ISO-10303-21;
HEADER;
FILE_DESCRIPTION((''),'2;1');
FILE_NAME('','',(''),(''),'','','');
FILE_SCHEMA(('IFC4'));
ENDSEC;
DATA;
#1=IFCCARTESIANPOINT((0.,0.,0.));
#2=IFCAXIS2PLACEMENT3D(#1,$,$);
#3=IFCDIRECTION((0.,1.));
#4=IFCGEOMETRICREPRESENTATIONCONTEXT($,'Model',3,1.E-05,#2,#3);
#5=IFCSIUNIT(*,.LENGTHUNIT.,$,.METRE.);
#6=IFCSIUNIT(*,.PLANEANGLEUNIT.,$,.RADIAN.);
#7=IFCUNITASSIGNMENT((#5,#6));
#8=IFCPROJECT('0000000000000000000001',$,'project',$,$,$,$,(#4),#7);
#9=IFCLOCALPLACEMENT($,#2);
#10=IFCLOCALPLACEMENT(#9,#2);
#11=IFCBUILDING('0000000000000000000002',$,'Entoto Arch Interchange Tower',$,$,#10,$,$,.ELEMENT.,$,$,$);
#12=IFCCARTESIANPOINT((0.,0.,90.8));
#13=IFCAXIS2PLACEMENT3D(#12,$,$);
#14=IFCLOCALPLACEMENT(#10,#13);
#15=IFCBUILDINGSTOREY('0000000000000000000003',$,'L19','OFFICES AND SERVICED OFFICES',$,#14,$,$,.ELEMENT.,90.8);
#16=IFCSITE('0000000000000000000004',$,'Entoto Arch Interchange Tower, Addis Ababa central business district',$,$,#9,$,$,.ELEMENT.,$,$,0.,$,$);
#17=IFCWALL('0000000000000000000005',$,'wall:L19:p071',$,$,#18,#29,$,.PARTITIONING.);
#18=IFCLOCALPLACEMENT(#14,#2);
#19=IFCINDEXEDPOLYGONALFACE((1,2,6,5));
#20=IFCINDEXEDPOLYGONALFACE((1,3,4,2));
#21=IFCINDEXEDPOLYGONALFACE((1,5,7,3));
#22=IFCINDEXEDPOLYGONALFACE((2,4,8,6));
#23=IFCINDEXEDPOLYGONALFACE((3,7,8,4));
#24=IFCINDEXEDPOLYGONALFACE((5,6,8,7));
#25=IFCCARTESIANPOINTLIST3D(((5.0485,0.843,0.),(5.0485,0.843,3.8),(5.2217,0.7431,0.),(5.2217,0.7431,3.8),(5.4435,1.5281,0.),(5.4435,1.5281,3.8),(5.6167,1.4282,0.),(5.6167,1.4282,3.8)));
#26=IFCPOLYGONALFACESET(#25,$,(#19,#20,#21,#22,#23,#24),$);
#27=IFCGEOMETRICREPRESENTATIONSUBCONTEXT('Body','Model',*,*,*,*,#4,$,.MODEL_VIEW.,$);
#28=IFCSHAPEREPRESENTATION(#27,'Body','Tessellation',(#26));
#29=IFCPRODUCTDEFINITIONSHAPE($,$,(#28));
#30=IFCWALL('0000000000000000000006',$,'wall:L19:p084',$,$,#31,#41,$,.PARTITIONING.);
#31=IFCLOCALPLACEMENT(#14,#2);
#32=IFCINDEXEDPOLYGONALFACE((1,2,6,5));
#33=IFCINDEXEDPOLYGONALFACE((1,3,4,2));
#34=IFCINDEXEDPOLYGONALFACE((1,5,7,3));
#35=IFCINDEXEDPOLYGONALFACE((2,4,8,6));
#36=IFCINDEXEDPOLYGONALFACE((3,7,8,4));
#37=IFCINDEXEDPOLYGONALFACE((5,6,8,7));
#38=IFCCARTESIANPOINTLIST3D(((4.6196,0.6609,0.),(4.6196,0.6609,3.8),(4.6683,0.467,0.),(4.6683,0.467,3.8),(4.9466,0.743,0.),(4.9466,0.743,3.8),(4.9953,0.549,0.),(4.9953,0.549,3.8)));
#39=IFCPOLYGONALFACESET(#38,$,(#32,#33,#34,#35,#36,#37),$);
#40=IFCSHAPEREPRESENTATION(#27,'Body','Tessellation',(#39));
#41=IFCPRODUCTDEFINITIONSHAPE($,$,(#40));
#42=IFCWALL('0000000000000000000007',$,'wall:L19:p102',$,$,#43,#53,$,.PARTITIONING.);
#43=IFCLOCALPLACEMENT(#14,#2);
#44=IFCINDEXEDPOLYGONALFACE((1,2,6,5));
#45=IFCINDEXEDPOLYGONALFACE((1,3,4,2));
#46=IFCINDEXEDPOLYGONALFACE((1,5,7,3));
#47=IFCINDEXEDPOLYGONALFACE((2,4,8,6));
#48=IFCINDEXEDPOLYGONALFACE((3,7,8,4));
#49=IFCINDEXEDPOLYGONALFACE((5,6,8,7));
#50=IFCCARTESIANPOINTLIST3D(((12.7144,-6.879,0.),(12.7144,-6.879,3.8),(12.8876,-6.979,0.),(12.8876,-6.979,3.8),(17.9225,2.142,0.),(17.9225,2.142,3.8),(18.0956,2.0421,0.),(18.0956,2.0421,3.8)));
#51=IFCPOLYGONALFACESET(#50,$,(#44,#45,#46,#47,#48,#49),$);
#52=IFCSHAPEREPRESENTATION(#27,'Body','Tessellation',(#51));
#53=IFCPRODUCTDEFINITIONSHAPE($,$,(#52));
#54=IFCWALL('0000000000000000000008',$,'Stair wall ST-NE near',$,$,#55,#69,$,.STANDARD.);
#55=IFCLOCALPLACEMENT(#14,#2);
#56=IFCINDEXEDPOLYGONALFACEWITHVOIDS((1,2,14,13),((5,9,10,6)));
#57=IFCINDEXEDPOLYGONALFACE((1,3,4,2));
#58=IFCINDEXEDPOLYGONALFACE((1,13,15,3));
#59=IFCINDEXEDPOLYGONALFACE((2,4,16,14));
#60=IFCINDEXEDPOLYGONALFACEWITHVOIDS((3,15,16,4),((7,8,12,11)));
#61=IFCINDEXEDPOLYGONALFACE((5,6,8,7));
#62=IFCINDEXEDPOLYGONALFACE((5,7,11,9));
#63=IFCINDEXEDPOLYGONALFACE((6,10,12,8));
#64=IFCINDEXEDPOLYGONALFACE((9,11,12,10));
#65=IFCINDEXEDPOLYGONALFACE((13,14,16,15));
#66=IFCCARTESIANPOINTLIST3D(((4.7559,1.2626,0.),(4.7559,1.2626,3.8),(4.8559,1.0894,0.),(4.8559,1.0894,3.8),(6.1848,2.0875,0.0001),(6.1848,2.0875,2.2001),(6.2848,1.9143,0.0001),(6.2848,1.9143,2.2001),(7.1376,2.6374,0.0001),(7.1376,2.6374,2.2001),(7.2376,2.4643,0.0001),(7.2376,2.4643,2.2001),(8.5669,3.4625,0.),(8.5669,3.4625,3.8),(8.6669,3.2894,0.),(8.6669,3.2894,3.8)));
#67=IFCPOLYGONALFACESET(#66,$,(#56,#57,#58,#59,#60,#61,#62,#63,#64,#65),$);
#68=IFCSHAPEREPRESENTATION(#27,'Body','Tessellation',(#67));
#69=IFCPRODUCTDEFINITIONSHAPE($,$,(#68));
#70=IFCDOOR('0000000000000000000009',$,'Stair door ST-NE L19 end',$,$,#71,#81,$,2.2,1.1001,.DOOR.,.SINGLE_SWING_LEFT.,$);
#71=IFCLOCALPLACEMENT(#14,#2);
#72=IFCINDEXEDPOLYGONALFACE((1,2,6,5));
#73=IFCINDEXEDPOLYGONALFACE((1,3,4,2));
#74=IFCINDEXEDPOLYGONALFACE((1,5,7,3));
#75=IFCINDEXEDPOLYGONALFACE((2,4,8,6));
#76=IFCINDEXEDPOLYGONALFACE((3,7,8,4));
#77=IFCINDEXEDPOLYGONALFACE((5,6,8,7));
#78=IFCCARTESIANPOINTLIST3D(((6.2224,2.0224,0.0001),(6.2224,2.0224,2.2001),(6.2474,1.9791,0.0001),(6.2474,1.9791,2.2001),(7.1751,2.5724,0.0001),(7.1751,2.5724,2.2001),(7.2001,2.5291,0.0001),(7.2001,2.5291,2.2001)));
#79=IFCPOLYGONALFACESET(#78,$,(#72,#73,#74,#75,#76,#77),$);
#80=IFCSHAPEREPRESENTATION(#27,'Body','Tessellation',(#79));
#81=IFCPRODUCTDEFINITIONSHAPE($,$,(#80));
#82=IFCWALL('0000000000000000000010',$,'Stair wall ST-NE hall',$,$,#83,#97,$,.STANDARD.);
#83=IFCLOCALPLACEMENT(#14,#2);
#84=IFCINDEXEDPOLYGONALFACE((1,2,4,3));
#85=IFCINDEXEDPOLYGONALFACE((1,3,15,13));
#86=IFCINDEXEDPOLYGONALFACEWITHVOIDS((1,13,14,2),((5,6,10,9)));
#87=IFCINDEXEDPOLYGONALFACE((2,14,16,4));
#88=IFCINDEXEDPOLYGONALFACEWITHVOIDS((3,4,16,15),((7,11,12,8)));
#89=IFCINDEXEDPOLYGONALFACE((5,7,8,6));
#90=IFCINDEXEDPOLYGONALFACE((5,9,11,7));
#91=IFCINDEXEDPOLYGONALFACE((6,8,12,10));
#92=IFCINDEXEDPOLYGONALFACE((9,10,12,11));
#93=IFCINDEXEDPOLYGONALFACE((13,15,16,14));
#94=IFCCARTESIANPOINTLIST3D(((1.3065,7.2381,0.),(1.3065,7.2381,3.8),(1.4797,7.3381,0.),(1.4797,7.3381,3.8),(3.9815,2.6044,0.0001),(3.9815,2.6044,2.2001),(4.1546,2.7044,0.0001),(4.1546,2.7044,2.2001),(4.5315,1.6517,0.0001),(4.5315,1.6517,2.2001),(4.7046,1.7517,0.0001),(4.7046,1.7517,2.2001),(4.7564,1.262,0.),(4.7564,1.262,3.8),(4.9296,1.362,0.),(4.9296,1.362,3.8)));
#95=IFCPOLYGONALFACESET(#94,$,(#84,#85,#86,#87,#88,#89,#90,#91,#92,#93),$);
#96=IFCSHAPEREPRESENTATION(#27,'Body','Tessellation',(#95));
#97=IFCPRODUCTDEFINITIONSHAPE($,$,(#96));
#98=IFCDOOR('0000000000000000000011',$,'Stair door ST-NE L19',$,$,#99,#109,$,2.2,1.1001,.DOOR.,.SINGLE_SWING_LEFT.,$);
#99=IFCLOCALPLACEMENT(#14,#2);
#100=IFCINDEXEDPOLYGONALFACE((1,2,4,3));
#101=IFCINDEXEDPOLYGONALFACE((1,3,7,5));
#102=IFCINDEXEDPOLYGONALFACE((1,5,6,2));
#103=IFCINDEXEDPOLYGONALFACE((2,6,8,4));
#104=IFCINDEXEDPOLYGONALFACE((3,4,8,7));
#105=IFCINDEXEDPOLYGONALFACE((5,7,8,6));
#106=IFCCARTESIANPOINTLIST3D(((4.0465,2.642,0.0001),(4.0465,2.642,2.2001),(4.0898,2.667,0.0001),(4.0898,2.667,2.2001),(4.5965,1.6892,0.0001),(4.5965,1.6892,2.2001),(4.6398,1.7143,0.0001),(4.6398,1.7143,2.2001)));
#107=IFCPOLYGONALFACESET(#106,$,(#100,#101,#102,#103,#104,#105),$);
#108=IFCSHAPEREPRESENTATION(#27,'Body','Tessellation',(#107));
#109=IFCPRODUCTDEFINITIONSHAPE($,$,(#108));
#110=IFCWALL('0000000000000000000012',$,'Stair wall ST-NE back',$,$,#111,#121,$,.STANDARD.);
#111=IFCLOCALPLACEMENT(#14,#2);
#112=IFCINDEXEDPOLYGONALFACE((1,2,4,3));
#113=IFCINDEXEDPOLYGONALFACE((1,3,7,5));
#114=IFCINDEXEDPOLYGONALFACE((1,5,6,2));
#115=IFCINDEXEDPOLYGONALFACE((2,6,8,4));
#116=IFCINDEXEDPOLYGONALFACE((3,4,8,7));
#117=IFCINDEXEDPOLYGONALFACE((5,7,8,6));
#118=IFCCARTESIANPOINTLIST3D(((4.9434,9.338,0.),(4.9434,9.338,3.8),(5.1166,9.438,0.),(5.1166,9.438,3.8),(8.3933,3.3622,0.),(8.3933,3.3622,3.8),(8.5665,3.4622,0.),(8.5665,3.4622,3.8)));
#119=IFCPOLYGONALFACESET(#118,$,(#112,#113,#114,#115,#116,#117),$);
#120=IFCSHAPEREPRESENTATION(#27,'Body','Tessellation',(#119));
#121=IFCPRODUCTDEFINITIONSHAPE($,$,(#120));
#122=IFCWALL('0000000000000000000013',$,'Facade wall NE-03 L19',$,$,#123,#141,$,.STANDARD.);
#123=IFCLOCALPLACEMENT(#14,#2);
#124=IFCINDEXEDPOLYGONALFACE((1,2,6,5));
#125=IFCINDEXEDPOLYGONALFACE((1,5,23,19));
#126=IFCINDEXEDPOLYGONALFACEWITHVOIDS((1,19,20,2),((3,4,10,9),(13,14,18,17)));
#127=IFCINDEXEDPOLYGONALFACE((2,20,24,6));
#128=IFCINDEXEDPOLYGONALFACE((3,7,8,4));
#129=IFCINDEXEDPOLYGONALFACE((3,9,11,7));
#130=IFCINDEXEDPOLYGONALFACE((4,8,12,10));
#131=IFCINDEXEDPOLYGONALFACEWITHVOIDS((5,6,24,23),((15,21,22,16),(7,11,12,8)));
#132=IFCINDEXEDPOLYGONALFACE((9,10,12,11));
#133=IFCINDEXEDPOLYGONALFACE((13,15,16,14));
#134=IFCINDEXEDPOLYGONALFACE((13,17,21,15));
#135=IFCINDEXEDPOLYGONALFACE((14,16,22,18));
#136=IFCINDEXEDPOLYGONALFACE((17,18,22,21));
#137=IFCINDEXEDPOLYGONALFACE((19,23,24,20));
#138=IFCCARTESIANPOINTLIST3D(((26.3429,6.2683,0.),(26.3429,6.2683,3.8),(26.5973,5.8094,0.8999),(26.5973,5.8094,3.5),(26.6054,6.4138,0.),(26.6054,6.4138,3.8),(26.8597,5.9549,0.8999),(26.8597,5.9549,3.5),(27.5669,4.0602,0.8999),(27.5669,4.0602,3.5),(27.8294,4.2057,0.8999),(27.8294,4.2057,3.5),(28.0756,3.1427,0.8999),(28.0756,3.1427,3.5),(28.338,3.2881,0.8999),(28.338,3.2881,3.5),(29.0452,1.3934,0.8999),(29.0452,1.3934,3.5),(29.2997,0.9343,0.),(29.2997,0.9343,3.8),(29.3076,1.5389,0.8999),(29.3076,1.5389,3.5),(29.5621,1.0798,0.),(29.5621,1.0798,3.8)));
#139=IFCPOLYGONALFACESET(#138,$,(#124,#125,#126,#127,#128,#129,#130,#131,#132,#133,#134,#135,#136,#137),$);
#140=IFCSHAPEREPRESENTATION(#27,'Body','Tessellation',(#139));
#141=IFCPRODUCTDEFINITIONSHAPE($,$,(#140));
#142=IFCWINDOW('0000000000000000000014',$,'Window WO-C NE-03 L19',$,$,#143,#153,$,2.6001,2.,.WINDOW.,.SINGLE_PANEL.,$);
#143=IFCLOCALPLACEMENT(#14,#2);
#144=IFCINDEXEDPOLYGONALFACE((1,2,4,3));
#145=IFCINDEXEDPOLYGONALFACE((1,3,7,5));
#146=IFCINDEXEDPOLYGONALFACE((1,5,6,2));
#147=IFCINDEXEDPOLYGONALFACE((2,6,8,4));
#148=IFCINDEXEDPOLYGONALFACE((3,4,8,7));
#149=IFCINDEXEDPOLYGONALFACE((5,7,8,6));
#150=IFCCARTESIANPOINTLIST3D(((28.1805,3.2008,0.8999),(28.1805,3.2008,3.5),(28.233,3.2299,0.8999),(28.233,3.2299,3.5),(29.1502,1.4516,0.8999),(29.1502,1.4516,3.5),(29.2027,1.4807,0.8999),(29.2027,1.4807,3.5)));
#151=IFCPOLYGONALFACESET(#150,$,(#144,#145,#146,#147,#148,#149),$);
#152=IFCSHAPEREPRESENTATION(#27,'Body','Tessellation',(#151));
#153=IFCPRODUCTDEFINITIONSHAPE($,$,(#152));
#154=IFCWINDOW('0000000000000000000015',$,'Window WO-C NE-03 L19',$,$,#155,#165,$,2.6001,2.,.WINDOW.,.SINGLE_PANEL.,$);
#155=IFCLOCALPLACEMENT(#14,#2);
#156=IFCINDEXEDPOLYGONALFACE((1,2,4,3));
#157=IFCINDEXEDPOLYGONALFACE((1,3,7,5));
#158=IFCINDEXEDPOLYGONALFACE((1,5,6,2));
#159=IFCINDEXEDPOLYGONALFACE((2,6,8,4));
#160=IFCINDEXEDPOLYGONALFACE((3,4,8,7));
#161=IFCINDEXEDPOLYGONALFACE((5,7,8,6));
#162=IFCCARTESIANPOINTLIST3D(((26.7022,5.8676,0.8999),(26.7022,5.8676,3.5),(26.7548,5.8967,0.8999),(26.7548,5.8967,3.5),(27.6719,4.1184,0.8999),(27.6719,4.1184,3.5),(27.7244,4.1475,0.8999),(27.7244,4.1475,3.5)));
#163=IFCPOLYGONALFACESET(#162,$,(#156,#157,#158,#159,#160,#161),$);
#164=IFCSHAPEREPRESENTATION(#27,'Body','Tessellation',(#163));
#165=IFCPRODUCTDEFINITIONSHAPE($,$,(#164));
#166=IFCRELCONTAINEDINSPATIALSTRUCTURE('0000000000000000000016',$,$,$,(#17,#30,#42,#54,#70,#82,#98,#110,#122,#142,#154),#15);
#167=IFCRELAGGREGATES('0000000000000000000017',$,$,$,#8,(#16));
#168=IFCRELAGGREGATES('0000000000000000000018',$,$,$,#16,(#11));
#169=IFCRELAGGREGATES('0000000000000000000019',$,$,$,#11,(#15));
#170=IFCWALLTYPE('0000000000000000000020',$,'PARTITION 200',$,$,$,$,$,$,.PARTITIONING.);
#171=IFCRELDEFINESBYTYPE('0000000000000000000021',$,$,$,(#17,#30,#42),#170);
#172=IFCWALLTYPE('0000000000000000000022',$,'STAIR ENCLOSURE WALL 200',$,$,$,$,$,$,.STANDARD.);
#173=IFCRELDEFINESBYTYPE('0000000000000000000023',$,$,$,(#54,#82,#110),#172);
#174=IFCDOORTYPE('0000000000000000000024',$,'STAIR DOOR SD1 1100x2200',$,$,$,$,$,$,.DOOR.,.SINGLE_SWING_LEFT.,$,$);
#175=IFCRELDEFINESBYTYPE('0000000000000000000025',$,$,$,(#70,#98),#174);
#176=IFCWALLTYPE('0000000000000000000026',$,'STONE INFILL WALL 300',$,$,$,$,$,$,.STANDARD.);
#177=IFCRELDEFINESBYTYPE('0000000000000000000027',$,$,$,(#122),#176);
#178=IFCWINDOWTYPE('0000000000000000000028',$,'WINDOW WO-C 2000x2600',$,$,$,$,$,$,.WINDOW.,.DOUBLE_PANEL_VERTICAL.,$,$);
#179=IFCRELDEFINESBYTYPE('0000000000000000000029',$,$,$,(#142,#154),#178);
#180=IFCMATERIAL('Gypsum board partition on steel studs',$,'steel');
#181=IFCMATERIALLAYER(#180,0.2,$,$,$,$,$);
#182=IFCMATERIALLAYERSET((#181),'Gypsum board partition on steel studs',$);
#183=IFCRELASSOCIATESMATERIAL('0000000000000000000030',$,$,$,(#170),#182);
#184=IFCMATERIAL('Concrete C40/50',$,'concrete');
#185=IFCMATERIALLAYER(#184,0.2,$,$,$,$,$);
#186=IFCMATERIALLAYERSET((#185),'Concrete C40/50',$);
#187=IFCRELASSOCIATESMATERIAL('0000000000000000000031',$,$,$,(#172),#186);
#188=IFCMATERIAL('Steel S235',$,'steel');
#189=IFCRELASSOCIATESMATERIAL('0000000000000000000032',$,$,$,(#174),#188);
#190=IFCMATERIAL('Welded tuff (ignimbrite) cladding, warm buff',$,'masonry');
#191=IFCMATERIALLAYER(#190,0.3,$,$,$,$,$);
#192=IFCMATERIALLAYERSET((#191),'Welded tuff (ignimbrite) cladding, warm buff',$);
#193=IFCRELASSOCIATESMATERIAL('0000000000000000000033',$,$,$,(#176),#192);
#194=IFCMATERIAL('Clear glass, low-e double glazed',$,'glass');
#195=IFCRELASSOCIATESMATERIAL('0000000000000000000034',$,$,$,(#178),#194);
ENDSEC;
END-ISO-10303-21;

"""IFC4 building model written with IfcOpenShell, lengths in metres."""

from ifc_helpers import new_model, si_unit, direction, frame, frame_2d, origin, place, context, subcontext, project, spatial, rectangle, extrude, material, layer, layer_set, type_object, element, fill, save


model = new_model("IFC4")

# Units and contexts
model_context = context("Model", 3, precision=1e-05, world=origin(), true_north=direction((0.0, 1.0)))
body_context = subcontext(model_context, "Body", "Model", "MODEL_VIEW")
ifc_project = project(units=[si_unit("LENGTHUNIT", "METRE"), si_unit("PLANEANGLEUNIT", "RADIAN")], contexts=[model_context])

# Site, building, storey
site_placement = place(None, origin())
site = spatial("IfcSite", under=ifc_project, at=site_placement, Name="Entoto Arch Interchange Tower, Addis Ababa central business district", CompositionType="ELEMENT", RefElevation=0.0)
building_placement = place(site_placement, origin())
building = spatial("IfcBuilding", under=site, at=building_placement, Name="Entoto Arch Interchange Tower", CompositionType="ELEMENT")
storey_placement = place(building_placement, frame((0.0, 0.0, 90.8)))
storey = spatial("IfcBuildingStorey", under=building, at=storey_placement, Name="L19", Description="OFFICES AND SERVICED OFFICES", CompositionType="ELEMENT", Elevation=90.8)

# Shared definitions
ifc_material_1 = material(Name="Concrete C40/50", Category="concrete")
ifc_material_2 = material(Name="Gypsum board partition on steel studs", Category="steel")

# Shared definitions
ifc_layer_1 = layer(ifc_material_2, 0.2)
ifc_layer_set_1 = layer_set([ifc_layer_1], Name="Gypsum board partition on steel studs")
wall_type_1 = type_object("IfcWallType", Name="PARTITION 200", PredefinedType="PARTITIONING", material=ifc_layer_set_1)

# Walls
wall_1_placement = place(storey_placement, frame((5.135, 0.793, 0.0), z_axis=(0.0, 0.0, 1.0), x_axis=(0.499526, 0.866299, 0.0)))
element("IfcWall", 1, at=wall_1_placement, inside=storey, type_object=wall_type_1, Name="wall:L19:p071", PredefinedType="PARTITIONING", context=body_context, shape_type="SweptSolid", body=[
    extrude(rectangle(XDim=0.7908, YDim=0.2, at=frame_2d((0.3955, 0.0))), origin(), (0.0, 0.0, 1.0), 3.8),
])
wall_2_placement = place(storey_placement, frame((4.644, 0.564, 0.0), z_axis=(0.0, 0.0, 1.0), x_axis=(0.969929, 0.243388, 0.0)))
element("IfcWall", 2, at=wall_2_placement, inside=storey, type_object=wall_type_1, Name="wall:L19:p084", PredefinedType="PARTITIONING", context=body_context, shape_type="SweptSolid", body=[
    extrude(rectangle(XDim=0.3372, YDim=0.2, at=frame_2d((0.1685, 0.0))), origin(), (0.0, 0.0, 1.0), 3.8),
])
wall_3_placement = place(storey_placement, frame((18.009, 2.092, 0.0), z_axis=(0.0, 0.0, 1.0), x_axis=(-0.499981, -0.866036, 0.0)))
element("IfcWall", 3, at=wall_3_placement, inside=storey, type_object=wall_type_1, Name="wall:L19:p102", PredefinedType="PARTITIONING", context=body_context, shape_type="SweptSolid", body=[
    extrude(rectangle(XDim=10.4165, YDim=0.2, at=frame_2d((5.2083, 0.0))), origin(), (0.0, 0.0, 1.0), 3.8),
])

# Walls, openings, doors
ifc_layer_2 = layer(ifc_material_1, 0.2)
ifc_layer_set_2 = layer_set([ifc_layer_2], Name="Concrete C40/50")
wall_type_2 = type_object("IfcWallType", Name="STAIR ENCLOSURE WALL 200", PredefinedType="STANDARD", material=ifc_layer_set_2)
wall_4_placement = place(storey_placement, frame((4.8059, 1.176, 0.0), z_axis=(0.0, 0.0, 1.0), x_axis=(0.86606, 0.49994, 0.0)))
wall_4 = element("IfcWall", 4, at=wall_4_placement, inside=storey, type_object=wall_type_2, Name="Stair wall ST-NE near", PredefinedType="STANDARD", context=body_context, shape_type="SweptSolid", body=[
    extrude(rectangle(XDim=4.4004, YDim=0.2, at=frame_2d((2.2002, 0.0))), origin(), (0.0, 0.0, 1.0), 3.8),
])
opening_1_placement = place(wall_4_placement, frame((1.6499, 0.0, 0.0)))
opening_1 = element("IfcOpeningElement", 5, at=opening_1_placement, cuts=wall_4, PredefinedType="OPENING", context=body_context, shape_type="SweptSolid", body=[
    extrude(rectangle(XDim=1.1001, YDim=2.2, at=frame_2d((0.55, 1.1001))), frame((0.0, 0.1099, 0.0), z_axis=(0.0, -1.0, 0.0), x_axis=(1.0, 0.0, 0.0)), (0.0, 0.0, 1.0), 0.22),
])
ifc_material_3 = material(Name="Steel S235", Category="steel")
door_type_1 = type_object("IfcDoorType", Name="STAIR DOOR SD1 1100x2200", OperationType="SINGLE_SWING_LEFT", PredefinedType="DOOR", material=ifc_material_3)
door_1_placement = place(opening_1_placement, origin())
door_1 = element("IfcDoor", 6, at=door_1_placement, inside=storey, type_object=door_type_1, Name="Stair door ST-NE L19 end", OperationType="SINGLE_SWING_LEFT", OverallHeight=2.2, OverallWidth=1.1001, PredefinedType="DOOR", context=body_context, shape_type="SweptSolid", body=[
    extrude(rectangle(XDim=1.1001, YDim=2.2, at=frame_2d((0.55, 1.1001))), frame((0.0, 0.0249, 0.0), z_axis=(0.0, -1.0, 0.0), x_axis=(1.0, 0.0, 0.0)), (0.0, 0.0, 1.0), 0.05),
])
fill(opening_1, door_1)
wall_5_placement = place(storey_placement, frame((4.843, 1.312, 0.0), z_axis=(0.0, 0.0, 1.0), x_axis=(-0.499963, 0.866047, 0.0)))
wall_5 = element("IfcWall", 7, at=wall_5_placement, inside=storey, type_object=wall_type_2, Name="Stair wall ST-NE hall", PredefinedType="STANDARD", context=body_context, shape_type="SweptSolid", body=[
    extrude(rectangle(XDim=6.9004, YDim=0.2, at=frame_2d((3.4502, 0.0))), origin(), (0.0, 0.0, 1.0), 3.8),
])
opening_2_placement = place(wall_5_placement, frame((0.45, 0.0, 0.0)))
opening_2 = element("IfcOpeningElement", 8, at=opening_2_placement, cuts=wall_5, PredefinedType="OPENING", context=body_context, shape_type="SweptSolid", body=[
    extrude(rectangle(XDim=1.1001, YDim=2.2, at=frame_2d((0.55, 1.1001))), frame((0.0, 0.1099, 0.0), z_axis=(0.0, -1.0, 0.0), x_axis=(1.0, 0.0, 0.0)), (0.0, 0.0, 1.0), 0.22),
])
door_2_placement = place(opening_2_placement, origin())
door_2 = element("IfcDoor", 9, at=door_2_placement, inside=storey, type_object=door_type_1, Name="Stair door ST-NE L19", OperationType="SINGLE_SWING_LEFT", OverallHeight=2.2, OverallWidth=1.1001, PredefinedType="DOOR", context=body_context, shape_type="SweptSolid", body=[
    extrude(rectangle(XDim=1.1001, YDim=2.2, at=frame_2d((0.55, 1.1001))), frame((0.0, 0.0249, 0.0), z_axis=(0.0, -1.0, 0.0), x_axis=(1.0, 0.0, 0.0)), (0.0, 0.0, 1.0), 0.05),
])
fill(opening_2, door_2)

# Wall
wall_6_placement = place(storey_placement, frame((8.48, 3.4121, 0.0), z_axis=(0.0, 0.0, 1.0), x_axis=(-0.499979, 0.866038, 0.0)))
element("IfcWall", 10, at=wall_6_placement, inside=storey, type_object=wall_type_2, Name="Stair wall ST-NE back", PredefinedType="STANDARD", context=body_context, shape_type="SweptSolid", body=[
    extrude(rectangle(XDim=6.9001, YDim=0.2, at=frame_2d((3.4502, 0.0))), origin(), (0.0, 0.0, 1.0), 3.8),
])

# Wall, openings, windows
ifc_material_4 = material(Name="Welded tuff (ignimbrite) cladding, warm buff", Category="masonry")
ifc_layer_3 = layer(ifc_material_4, 0.3)
ifc_layer_set_3 = layer_set([ifc_layer_3], Name="Welded tuff (ignimbrite) cladding, warm buff")
wall_type_3 = type_object("IfcWallType", Name="STONE INFILL WALL 300", PredefinedType="STANDARD", material=ifc_layer_set_3)
wall_7_placement = place(storey_placement, frame((29.4309, 1.0071, 0.0), z_axis=(0.0, 0.0, 1.0), x_axis=(-0.484824, 0.874612, 0.0)))
wall_7 = element("IfcWall", 11, at=wall_7_placement, inside=storey, type_object=wall_type_3, Name="Facade wall NE-03 L19", PredefinedType="STANDARD", context=body_context, shape_type="SweptSolid", body=[
    extrude(rectangle(XDim=6.0986, YDim=0.3, at=frame_2d((3.0493, 0.0))), origin(), (0.0, 0.0, 1.0), 3.8),
])
opening_3_placement = place(wall_7_placement, frame((0.5249, 0.0, 0.8999)))
opening_3 = element("IfcOpeningElement", 12, at=opening_3_placement, cuts=wall_7, PredefinedType="OPENING", context=body_context, shape_type="SweptSolid", body=[
    extrude(rectangle(XDim=2.0, YDim=2.6001, at=frame_2d((1.0, 1.3))), frame((0.0, 0.1602, 0.0), z_axis=(0.0, -1.0, 0.0), x_axis=(1.0, 0.0, 0.0)), (0.0, 0.0, 1.0), 0.3201),
])
opening_4_placement = place(wall_7_placement, frame((3.574, 0.0, 0.8999)))
opening_4 = element("IfcOpeningElement", 13, at=opening_4_placement, cuts=wall_7, PredefinedType="OPENING", context=body_context, shape_type="SweptSolid", body=[
    extrude(rectangle(XDim=2.0, YDim=2.6001, at=frame_2d((1.0, 1.3))), frame((0.0, 0.1602, 0.0), z_axis=(0.0, -1.0, 0.0), x_axis=(1.0, 0.0, 0.0)), (0.0, 0.0, 1.0), 0.3201),
])
ifc_material_5 = material(Name="Clear glass, low-e double glazed", Category="glass")
window_type = type_object("IfcWindowType", Name="WINDOW WO-C 2000x2600", PartitioningType="DOUBLE_PANEL_VERTICAL", PredefinedType="WINDOW", material=ifc_material_5)
window_1_placement = place(opening_3_placement, origin())
window_1 = element("IfcWindow", 14, at=window_1_placement, inside=storey, type_object=window_type, Name="Window WO-C NE-03 L19", OverallHeight=2.6001, OverallWidth=2.0, PartitioningType="SINGLE_PANEL", PredefinedType="WINDOW", context=body_context, shape_type="SweptSolid", body=[
    extrude(rectangle(XDim=2.0, YDim=2.6001, at=frame_2d((1.0, 1.3))), frame((0.0, 0.03, 0.0), z_axis=(0.0, -1.0, 0.0), x_axis=(1.0, 0.0, 0.0)), (0.0, 0.0, 1.0), 0.0601),
])
fill(opening_3, window_1)
window_2_placement = place(opening_4_placement, origin())
window_2 = element("IfcWindow", 15, at=window_2_placement, inside=storey, type_object=window_type, Name="Window WO-C NE-03 L19", OverallHeight=2.6001, OverallWidth=2.0, PartitioningType="SINGLE_PANEL", PredefinedType="WINDOW", context=body_context, shape_type="SweptSolid", body=[
    extrude(rectangle(XDim=2.0, YDim=2.6001, at=frame_2d((1.0, 1.3))), frame((0.0, 0.03, 0.0), z_axis=(0.0, -1.0, 0.0), x_axis=(1.0, 0.0, 0.0)), (0.0, 0.0, 1.0), 0.0601),
])
fill(opening_4, window_2)

save(model, "model.ifc")
